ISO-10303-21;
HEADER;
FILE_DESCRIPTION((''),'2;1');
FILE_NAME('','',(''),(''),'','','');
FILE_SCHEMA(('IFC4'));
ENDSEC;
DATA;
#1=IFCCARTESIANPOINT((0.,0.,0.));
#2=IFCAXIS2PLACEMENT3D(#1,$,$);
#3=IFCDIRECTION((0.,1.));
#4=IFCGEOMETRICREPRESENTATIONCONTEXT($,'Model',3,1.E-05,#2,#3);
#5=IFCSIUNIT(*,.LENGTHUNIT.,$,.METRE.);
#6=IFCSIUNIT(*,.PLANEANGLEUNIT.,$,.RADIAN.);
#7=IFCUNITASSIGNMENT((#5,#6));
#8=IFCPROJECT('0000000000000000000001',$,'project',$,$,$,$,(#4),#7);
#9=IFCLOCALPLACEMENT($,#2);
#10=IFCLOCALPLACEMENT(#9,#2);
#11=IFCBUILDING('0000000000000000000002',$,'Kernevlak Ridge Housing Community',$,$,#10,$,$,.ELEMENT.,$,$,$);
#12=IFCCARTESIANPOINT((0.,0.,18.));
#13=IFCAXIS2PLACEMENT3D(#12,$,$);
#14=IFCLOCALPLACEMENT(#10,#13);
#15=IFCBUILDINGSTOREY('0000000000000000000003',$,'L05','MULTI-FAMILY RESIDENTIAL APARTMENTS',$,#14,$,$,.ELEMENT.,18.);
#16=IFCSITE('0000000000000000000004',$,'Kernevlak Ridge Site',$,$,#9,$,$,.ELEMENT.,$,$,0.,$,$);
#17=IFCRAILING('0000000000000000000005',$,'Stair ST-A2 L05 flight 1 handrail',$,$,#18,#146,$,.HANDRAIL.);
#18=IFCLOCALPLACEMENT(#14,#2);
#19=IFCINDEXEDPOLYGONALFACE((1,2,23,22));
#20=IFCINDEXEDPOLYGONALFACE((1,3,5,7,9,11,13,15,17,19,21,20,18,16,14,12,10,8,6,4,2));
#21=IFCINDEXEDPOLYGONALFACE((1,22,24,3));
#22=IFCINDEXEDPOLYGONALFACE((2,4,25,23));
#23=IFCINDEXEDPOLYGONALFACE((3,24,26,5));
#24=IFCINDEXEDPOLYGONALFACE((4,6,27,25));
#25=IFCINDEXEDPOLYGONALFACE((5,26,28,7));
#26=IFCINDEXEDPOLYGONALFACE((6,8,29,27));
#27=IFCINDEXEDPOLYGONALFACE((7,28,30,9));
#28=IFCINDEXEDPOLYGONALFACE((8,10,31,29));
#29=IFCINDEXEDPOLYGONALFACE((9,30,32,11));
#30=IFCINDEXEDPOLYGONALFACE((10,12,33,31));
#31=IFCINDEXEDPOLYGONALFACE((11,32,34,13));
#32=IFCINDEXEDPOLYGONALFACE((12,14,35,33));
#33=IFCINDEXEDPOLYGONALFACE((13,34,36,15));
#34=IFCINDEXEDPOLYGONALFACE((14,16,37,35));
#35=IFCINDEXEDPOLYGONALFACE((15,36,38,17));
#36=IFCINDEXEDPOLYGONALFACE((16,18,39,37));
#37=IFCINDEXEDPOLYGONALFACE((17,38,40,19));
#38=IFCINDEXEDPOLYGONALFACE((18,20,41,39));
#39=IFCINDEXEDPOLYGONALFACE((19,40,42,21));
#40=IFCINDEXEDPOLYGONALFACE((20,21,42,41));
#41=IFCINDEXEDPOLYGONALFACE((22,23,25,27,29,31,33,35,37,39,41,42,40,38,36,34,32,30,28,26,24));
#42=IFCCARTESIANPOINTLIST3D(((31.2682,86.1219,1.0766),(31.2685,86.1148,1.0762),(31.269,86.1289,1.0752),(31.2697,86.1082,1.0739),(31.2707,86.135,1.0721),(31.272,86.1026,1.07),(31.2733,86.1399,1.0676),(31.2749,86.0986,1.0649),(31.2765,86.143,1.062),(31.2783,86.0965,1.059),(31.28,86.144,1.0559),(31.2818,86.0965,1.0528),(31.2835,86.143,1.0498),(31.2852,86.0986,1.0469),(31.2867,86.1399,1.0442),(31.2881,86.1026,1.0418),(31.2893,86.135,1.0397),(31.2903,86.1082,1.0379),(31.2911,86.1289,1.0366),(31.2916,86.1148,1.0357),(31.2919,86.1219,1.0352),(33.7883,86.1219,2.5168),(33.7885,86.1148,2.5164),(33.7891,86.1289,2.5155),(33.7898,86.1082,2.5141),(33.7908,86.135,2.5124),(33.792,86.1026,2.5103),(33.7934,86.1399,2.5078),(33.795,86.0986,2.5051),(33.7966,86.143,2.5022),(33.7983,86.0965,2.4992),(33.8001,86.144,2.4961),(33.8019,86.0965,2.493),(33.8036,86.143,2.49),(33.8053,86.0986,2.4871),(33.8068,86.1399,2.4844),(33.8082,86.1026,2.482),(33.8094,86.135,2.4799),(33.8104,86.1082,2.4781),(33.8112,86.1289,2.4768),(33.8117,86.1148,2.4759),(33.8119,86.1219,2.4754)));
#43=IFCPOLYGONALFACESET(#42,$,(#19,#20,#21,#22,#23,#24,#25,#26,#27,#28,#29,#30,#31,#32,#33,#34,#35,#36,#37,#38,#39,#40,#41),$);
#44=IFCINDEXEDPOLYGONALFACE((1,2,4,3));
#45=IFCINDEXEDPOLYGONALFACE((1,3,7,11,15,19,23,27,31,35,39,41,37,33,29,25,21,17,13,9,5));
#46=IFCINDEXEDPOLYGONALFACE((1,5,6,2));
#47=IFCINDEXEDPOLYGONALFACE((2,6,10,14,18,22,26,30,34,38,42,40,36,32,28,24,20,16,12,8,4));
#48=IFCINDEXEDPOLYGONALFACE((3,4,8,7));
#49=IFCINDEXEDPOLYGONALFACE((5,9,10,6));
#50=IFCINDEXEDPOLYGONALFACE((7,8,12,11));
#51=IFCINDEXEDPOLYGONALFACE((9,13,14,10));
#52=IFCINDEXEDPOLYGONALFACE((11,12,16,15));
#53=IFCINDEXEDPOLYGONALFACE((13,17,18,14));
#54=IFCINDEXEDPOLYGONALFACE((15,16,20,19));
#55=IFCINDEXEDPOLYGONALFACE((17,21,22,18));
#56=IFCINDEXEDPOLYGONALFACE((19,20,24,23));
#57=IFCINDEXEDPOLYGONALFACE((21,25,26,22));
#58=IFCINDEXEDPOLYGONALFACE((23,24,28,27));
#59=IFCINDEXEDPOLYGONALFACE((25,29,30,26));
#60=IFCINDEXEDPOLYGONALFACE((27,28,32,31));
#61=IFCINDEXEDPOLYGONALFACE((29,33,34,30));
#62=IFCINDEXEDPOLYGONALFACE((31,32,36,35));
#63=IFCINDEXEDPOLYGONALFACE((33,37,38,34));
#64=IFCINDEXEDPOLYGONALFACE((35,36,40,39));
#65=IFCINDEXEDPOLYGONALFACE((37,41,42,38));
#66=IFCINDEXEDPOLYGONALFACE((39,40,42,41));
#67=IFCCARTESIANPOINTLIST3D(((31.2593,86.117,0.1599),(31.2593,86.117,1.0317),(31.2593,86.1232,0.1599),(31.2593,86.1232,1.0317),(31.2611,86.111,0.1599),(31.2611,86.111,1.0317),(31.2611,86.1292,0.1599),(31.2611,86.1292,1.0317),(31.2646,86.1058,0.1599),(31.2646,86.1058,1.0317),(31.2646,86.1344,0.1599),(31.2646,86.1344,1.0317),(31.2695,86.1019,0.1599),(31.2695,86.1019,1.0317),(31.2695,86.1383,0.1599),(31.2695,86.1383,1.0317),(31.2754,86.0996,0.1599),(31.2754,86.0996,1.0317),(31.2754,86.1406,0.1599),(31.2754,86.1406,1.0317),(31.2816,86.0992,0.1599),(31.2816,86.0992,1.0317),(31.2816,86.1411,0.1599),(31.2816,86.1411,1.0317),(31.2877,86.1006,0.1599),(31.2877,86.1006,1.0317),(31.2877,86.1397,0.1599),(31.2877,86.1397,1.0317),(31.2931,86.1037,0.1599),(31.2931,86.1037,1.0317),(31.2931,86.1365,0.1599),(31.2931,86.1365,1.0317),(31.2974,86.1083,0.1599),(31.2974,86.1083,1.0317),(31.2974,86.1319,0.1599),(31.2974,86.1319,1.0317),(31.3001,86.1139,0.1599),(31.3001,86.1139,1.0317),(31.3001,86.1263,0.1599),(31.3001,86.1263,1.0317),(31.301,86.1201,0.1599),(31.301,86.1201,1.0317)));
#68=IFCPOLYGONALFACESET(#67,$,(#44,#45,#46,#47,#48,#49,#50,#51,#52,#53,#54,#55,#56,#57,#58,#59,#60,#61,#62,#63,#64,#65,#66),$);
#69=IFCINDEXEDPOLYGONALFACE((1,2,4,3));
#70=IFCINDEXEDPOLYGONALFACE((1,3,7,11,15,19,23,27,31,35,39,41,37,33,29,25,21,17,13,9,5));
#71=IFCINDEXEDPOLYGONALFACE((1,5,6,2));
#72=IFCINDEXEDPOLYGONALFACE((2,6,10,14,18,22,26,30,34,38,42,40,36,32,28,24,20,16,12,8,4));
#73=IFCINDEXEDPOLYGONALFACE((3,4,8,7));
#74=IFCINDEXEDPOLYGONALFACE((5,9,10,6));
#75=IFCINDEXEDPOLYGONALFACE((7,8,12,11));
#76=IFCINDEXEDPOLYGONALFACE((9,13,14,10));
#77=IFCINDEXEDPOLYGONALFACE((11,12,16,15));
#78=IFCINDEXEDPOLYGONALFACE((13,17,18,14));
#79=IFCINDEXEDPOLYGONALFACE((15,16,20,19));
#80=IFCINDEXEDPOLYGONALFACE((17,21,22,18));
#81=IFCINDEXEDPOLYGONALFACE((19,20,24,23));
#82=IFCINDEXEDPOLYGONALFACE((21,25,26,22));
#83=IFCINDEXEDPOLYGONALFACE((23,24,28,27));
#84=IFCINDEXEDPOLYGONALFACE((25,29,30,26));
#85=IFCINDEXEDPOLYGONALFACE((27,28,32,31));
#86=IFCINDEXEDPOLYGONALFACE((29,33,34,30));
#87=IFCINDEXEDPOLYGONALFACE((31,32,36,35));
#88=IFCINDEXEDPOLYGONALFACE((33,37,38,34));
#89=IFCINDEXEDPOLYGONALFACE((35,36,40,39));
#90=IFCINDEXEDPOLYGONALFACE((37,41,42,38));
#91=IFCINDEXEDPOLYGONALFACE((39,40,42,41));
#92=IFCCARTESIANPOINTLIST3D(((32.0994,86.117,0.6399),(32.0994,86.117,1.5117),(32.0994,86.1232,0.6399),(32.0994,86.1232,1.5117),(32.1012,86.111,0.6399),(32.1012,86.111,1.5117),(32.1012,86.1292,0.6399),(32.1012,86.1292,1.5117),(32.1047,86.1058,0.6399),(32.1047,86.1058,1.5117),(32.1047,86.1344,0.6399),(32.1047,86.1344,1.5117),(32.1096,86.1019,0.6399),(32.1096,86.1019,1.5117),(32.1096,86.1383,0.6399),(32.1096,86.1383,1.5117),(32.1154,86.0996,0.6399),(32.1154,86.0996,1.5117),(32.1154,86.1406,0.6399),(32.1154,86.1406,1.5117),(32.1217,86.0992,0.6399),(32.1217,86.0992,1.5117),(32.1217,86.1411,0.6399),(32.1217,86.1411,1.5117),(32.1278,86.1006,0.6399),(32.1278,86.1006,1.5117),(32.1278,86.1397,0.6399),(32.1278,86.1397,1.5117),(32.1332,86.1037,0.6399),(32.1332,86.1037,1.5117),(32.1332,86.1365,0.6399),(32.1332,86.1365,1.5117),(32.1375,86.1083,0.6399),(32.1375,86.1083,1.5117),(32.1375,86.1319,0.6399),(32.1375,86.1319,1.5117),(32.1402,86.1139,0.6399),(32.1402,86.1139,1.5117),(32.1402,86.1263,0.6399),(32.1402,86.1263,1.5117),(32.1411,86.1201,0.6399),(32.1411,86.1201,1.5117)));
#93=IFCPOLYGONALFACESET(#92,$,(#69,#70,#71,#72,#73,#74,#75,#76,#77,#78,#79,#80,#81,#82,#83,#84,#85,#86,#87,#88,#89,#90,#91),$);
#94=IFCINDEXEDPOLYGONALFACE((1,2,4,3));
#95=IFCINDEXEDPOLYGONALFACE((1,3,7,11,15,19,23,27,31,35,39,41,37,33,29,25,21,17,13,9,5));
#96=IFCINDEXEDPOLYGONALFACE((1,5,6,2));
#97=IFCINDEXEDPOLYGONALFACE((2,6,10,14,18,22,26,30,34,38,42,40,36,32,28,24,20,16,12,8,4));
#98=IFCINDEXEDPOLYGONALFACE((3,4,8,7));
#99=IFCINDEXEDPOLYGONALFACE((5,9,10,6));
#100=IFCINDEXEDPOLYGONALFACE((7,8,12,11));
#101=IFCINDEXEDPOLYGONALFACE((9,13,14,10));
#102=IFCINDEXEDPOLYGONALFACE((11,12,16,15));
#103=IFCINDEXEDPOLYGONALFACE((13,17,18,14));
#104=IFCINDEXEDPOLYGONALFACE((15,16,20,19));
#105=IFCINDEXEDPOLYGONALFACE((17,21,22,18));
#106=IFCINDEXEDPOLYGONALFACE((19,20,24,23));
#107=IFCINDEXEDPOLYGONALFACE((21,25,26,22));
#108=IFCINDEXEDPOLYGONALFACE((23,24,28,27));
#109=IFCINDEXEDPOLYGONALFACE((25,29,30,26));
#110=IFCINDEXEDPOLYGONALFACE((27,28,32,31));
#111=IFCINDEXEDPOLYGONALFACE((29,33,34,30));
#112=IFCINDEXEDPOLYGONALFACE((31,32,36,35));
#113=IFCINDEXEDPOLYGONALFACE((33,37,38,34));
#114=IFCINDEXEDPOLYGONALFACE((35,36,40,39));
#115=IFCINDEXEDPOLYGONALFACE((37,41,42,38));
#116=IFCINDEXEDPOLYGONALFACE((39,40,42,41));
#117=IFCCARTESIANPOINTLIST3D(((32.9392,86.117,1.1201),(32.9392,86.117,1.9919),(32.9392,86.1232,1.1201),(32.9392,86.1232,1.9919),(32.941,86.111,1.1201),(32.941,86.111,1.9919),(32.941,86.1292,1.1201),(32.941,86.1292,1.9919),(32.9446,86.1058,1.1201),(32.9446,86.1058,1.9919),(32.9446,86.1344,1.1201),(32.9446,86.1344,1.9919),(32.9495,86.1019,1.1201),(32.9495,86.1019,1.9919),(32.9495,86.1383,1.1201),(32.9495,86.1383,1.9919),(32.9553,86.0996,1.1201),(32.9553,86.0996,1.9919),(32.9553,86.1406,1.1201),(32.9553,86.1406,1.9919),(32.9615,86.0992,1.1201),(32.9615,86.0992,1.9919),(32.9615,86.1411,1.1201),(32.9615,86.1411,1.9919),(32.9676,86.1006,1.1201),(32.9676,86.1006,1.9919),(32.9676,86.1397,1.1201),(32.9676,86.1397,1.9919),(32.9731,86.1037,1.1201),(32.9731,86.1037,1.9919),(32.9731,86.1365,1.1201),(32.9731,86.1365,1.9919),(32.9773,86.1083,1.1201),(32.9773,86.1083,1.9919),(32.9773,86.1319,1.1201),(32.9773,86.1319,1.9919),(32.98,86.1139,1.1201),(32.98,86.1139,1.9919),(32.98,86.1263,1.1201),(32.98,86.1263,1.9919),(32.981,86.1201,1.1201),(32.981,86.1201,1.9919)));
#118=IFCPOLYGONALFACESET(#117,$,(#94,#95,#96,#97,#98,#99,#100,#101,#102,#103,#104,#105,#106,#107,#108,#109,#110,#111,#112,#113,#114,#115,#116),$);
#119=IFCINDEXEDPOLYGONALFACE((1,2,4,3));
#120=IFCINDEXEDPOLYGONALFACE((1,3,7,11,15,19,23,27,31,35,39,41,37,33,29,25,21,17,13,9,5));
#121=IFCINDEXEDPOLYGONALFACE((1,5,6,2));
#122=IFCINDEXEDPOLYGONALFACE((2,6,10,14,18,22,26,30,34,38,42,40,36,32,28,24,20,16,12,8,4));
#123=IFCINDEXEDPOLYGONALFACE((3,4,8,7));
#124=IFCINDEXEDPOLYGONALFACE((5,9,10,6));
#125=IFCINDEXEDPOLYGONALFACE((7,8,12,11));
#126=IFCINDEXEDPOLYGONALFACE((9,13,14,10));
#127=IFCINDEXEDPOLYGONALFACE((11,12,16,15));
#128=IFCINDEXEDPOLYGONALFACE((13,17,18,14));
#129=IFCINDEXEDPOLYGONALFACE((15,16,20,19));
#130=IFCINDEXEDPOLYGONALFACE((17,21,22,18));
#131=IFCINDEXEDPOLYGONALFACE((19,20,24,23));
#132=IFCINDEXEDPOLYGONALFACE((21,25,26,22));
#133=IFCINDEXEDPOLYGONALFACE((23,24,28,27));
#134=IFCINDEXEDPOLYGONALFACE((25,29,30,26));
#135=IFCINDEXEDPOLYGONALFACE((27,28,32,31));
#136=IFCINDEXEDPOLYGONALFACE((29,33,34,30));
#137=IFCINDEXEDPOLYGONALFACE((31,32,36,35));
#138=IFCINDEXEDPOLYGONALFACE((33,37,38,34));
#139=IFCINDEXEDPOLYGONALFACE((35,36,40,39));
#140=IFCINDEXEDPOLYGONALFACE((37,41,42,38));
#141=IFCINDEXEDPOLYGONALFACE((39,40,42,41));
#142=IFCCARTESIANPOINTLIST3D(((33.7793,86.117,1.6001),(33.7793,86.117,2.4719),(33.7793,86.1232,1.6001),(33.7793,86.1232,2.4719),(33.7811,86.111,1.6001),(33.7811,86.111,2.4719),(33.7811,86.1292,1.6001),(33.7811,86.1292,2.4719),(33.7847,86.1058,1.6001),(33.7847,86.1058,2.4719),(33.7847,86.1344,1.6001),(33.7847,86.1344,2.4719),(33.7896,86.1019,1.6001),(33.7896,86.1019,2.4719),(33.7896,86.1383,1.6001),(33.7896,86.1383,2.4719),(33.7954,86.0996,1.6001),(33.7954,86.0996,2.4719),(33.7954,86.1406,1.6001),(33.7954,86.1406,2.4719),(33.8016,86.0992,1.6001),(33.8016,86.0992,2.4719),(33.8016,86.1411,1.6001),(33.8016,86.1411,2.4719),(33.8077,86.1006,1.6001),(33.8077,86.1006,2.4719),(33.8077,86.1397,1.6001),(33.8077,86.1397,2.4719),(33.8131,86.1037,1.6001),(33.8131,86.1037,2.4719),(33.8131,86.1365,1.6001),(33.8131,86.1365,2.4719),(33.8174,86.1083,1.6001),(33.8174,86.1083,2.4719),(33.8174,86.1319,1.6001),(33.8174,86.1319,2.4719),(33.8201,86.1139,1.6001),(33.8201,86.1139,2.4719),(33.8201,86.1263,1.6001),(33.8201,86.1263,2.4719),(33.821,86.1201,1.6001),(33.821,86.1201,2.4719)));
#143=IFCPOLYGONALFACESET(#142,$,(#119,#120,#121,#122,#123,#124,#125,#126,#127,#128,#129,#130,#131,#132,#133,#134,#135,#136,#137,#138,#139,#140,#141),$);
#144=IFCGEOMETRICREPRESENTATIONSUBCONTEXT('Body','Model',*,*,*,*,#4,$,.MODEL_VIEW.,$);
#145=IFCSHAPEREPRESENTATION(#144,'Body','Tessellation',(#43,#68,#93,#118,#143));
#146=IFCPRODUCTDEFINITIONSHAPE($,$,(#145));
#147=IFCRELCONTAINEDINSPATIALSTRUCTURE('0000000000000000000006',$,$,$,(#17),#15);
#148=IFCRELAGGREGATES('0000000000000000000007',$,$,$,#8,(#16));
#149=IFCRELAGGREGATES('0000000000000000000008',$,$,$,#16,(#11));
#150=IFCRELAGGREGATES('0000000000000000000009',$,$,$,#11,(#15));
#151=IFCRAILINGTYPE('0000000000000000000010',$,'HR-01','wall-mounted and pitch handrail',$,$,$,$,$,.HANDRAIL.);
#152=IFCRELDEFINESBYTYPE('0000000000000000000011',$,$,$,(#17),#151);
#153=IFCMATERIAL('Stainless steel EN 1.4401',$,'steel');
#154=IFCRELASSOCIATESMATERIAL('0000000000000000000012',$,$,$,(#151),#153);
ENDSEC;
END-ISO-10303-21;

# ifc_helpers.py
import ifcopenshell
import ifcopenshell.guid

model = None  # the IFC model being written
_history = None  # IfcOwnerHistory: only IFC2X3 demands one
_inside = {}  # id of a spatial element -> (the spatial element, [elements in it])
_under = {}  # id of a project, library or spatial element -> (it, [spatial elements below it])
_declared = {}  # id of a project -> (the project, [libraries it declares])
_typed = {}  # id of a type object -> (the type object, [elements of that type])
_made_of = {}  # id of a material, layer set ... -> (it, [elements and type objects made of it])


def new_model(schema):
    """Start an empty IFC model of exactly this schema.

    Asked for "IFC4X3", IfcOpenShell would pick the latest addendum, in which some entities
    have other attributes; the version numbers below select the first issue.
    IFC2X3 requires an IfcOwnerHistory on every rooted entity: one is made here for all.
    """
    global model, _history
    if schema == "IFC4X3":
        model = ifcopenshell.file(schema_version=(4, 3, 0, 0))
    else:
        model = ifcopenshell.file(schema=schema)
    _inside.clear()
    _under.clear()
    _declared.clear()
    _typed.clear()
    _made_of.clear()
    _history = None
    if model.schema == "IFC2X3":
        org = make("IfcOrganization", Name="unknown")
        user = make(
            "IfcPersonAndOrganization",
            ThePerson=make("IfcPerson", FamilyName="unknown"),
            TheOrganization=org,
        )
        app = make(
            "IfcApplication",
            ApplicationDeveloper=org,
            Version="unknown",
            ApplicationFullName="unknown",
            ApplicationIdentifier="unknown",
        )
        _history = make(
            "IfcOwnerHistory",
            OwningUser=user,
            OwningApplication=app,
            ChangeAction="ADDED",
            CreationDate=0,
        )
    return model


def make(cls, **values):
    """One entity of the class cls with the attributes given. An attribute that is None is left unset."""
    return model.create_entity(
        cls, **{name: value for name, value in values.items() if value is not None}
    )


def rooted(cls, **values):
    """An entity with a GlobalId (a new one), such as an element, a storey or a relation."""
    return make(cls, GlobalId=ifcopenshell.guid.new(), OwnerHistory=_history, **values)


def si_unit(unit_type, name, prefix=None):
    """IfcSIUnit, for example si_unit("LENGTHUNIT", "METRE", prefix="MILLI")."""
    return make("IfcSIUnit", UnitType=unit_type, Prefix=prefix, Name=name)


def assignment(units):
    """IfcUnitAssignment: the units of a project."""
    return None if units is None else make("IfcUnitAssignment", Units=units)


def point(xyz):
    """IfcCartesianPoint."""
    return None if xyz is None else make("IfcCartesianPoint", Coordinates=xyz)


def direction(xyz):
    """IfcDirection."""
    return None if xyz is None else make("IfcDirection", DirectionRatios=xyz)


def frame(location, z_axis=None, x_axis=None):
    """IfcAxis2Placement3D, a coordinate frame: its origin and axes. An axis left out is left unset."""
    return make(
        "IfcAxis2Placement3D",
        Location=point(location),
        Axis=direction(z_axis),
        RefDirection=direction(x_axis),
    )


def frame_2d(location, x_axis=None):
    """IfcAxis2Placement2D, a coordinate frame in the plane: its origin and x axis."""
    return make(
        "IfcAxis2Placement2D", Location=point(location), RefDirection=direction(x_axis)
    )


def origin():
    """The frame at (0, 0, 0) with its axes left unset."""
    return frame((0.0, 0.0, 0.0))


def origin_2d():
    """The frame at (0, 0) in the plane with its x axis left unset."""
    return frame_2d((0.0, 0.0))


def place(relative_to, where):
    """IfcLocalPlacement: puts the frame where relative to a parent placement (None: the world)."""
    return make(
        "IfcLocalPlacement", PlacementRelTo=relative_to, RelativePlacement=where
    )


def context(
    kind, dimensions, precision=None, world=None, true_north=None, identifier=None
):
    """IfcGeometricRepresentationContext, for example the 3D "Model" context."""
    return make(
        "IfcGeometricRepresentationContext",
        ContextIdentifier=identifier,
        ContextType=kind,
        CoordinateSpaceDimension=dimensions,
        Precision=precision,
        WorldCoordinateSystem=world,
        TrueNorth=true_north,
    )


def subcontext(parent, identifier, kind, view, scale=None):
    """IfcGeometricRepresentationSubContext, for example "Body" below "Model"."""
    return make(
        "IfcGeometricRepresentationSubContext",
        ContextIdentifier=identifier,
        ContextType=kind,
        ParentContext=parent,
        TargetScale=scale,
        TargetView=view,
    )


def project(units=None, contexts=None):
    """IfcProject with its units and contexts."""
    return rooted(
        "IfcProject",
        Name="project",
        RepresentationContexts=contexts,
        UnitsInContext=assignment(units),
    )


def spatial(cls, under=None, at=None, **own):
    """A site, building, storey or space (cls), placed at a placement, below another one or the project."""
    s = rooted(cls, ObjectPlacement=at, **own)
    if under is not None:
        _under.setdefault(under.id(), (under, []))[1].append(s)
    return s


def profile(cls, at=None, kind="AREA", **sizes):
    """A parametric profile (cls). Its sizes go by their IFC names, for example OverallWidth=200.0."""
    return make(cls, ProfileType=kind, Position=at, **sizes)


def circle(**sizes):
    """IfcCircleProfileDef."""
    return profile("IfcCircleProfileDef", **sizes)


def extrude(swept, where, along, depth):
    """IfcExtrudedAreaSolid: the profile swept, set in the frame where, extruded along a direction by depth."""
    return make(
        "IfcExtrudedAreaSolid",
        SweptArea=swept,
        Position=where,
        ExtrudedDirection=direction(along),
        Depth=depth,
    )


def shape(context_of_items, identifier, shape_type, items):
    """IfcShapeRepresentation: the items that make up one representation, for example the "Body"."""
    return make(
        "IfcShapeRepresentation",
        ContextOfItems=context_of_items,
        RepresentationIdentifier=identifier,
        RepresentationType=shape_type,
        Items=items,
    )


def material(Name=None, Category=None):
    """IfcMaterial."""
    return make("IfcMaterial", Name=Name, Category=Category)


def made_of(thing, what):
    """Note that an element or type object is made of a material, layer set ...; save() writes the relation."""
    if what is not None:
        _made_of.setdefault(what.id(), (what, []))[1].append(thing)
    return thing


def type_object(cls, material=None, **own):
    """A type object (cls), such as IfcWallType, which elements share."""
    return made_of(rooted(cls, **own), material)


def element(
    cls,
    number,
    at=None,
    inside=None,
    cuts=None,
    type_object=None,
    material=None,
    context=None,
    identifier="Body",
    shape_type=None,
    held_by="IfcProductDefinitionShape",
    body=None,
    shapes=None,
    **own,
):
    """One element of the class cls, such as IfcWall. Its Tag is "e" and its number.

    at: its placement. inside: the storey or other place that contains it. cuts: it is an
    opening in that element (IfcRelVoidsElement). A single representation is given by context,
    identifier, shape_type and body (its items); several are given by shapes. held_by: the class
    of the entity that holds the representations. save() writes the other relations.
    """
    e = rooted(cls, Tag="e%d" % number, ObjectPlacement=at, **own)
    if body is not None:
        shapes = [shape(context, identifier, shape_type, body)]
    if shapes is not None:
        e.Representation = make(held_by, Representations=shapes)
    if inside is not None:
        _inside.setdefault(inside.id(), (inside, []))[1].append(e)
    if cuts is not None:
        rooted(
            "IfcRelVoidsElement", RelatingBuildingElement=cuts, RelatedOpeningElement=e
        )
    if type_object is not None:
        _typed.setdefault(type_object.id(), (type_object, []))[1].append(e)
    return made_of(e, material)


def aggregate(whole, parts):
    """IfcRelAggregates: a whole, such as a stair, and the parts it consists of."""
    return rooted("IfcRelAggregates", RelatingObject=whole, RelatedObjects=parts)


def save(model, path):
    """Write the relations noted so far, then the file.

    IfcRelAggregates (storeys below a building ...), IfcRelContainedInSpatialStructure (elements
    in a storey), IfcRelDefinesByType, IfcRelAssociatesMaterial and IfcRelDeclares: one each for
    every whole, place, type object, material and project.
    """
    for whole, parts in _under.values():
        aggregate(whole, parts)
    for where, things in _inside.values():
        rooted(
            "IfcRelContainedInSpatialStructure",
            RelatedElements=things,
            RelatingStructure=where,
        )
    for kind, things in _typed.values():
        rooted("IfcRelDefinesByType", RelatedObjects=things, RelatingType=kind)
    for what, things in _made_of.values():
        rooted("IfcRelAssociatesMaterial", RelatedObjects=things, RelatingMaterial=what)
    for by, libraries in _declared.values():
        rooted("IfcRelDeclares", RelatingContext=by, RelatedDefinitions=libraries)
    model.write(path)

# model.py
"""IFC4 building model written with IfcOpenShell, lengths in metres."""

from ifc_helpers import new_model, si_unit, direction, frame, origin, origin_2d, place, context, subcontext, project, spatial, circle, extrude, material, type_object, element, save


model = new_model("IFC4")

# Units and contexts
model_context = context("Model", 3, precision=1e-05, world=origin(), true_north=direction((0.0, 1.0)))
body_context = subcontext(model_context, "Body", "Model", "MODEL_VIEW")
ifc_project = project(units=[si_unit("LENGTHUNIT", "METRE"), si_unit("PLANEANGLEUNIT", "RADIAN")], contexts=[model_context])

# Site, building, storey
site_placement = place(None, origin())
site = spatial("IfcSite", under=ifc_project, at=site_placement, Name="Kernevlak Ridge Site", CompositionType="ELEMENT", RefElevation=0.0)
building_placement = place(site_placement, origin())
building = spatial("IfcBuilding", under=site, at=building_placement, Name="Kernevlak Ridge Housing Community", CompositionType="ELEMENT")
storey_placement = place(building_placement, frame((0.0, 0.0, 18.0)))
storey = spatial("IfcBuildingStorey", under=building, at=storey_placement, Name="L05", Description="MULTI-FAMILY RESIDENTIAL APARTMENTS", CompositionType="ELEMENT", Elevation=18.0)

# Railing
ifc_material_1 = material(Name="Stainless steel EN 1.4401", Category="steel")
railing_type_1 = type_object("IfcRailingType", Name="HR-01", Description="wall-mounted and pitch handrail", PredefinedType="HANDRAIL", material=ifc_material_1)
railing_1_placement = place(storey_placement, frame((31.28, 86.1201, 0.1599)))
element("IfcRailing", 1, at=railing_1_placement, inside=storey, type_object=railing_type_1, Name="Stair ST-A2 L05 flight 1 handrail", PredefinedType="HANDRAIL", context=body_context, shape_type="SweptSolid", body=[
    extrude(circle(Radius=0.0239, at=origin_2d()), frame((0.0, 0.0, 0.896), z_axis=(0.868217, 0.0, 0.496184), x_axis=(0.0, 1.0, 0.0)), (0.0, 0.0, 1.0), 2.9026),
    extrude(circle(Radius=0.021, at=origin_2d()), origin(), (0.0, 0.0, 1.0), 0.8718),
    extrude(circle(Radius=0.021, at=origin_2d()), frame((0.8401, 0.0, 0.48)), (0.0, 0.0, 1.0), 0.8718),
    extrude(circle(Radius=0.021, at=origin_2d()), frame((1.6799, 0.0, 0.9602)), (0.0, 0.0, 1.0), 0.8718),
    extrude(circle(Radius=0.021, at=origin_2d()), frame((2.52, 0.0, 1.4402)), (0.0, 0.0, 1.0), 0.8718),
])

save(model, "model.ifc")
